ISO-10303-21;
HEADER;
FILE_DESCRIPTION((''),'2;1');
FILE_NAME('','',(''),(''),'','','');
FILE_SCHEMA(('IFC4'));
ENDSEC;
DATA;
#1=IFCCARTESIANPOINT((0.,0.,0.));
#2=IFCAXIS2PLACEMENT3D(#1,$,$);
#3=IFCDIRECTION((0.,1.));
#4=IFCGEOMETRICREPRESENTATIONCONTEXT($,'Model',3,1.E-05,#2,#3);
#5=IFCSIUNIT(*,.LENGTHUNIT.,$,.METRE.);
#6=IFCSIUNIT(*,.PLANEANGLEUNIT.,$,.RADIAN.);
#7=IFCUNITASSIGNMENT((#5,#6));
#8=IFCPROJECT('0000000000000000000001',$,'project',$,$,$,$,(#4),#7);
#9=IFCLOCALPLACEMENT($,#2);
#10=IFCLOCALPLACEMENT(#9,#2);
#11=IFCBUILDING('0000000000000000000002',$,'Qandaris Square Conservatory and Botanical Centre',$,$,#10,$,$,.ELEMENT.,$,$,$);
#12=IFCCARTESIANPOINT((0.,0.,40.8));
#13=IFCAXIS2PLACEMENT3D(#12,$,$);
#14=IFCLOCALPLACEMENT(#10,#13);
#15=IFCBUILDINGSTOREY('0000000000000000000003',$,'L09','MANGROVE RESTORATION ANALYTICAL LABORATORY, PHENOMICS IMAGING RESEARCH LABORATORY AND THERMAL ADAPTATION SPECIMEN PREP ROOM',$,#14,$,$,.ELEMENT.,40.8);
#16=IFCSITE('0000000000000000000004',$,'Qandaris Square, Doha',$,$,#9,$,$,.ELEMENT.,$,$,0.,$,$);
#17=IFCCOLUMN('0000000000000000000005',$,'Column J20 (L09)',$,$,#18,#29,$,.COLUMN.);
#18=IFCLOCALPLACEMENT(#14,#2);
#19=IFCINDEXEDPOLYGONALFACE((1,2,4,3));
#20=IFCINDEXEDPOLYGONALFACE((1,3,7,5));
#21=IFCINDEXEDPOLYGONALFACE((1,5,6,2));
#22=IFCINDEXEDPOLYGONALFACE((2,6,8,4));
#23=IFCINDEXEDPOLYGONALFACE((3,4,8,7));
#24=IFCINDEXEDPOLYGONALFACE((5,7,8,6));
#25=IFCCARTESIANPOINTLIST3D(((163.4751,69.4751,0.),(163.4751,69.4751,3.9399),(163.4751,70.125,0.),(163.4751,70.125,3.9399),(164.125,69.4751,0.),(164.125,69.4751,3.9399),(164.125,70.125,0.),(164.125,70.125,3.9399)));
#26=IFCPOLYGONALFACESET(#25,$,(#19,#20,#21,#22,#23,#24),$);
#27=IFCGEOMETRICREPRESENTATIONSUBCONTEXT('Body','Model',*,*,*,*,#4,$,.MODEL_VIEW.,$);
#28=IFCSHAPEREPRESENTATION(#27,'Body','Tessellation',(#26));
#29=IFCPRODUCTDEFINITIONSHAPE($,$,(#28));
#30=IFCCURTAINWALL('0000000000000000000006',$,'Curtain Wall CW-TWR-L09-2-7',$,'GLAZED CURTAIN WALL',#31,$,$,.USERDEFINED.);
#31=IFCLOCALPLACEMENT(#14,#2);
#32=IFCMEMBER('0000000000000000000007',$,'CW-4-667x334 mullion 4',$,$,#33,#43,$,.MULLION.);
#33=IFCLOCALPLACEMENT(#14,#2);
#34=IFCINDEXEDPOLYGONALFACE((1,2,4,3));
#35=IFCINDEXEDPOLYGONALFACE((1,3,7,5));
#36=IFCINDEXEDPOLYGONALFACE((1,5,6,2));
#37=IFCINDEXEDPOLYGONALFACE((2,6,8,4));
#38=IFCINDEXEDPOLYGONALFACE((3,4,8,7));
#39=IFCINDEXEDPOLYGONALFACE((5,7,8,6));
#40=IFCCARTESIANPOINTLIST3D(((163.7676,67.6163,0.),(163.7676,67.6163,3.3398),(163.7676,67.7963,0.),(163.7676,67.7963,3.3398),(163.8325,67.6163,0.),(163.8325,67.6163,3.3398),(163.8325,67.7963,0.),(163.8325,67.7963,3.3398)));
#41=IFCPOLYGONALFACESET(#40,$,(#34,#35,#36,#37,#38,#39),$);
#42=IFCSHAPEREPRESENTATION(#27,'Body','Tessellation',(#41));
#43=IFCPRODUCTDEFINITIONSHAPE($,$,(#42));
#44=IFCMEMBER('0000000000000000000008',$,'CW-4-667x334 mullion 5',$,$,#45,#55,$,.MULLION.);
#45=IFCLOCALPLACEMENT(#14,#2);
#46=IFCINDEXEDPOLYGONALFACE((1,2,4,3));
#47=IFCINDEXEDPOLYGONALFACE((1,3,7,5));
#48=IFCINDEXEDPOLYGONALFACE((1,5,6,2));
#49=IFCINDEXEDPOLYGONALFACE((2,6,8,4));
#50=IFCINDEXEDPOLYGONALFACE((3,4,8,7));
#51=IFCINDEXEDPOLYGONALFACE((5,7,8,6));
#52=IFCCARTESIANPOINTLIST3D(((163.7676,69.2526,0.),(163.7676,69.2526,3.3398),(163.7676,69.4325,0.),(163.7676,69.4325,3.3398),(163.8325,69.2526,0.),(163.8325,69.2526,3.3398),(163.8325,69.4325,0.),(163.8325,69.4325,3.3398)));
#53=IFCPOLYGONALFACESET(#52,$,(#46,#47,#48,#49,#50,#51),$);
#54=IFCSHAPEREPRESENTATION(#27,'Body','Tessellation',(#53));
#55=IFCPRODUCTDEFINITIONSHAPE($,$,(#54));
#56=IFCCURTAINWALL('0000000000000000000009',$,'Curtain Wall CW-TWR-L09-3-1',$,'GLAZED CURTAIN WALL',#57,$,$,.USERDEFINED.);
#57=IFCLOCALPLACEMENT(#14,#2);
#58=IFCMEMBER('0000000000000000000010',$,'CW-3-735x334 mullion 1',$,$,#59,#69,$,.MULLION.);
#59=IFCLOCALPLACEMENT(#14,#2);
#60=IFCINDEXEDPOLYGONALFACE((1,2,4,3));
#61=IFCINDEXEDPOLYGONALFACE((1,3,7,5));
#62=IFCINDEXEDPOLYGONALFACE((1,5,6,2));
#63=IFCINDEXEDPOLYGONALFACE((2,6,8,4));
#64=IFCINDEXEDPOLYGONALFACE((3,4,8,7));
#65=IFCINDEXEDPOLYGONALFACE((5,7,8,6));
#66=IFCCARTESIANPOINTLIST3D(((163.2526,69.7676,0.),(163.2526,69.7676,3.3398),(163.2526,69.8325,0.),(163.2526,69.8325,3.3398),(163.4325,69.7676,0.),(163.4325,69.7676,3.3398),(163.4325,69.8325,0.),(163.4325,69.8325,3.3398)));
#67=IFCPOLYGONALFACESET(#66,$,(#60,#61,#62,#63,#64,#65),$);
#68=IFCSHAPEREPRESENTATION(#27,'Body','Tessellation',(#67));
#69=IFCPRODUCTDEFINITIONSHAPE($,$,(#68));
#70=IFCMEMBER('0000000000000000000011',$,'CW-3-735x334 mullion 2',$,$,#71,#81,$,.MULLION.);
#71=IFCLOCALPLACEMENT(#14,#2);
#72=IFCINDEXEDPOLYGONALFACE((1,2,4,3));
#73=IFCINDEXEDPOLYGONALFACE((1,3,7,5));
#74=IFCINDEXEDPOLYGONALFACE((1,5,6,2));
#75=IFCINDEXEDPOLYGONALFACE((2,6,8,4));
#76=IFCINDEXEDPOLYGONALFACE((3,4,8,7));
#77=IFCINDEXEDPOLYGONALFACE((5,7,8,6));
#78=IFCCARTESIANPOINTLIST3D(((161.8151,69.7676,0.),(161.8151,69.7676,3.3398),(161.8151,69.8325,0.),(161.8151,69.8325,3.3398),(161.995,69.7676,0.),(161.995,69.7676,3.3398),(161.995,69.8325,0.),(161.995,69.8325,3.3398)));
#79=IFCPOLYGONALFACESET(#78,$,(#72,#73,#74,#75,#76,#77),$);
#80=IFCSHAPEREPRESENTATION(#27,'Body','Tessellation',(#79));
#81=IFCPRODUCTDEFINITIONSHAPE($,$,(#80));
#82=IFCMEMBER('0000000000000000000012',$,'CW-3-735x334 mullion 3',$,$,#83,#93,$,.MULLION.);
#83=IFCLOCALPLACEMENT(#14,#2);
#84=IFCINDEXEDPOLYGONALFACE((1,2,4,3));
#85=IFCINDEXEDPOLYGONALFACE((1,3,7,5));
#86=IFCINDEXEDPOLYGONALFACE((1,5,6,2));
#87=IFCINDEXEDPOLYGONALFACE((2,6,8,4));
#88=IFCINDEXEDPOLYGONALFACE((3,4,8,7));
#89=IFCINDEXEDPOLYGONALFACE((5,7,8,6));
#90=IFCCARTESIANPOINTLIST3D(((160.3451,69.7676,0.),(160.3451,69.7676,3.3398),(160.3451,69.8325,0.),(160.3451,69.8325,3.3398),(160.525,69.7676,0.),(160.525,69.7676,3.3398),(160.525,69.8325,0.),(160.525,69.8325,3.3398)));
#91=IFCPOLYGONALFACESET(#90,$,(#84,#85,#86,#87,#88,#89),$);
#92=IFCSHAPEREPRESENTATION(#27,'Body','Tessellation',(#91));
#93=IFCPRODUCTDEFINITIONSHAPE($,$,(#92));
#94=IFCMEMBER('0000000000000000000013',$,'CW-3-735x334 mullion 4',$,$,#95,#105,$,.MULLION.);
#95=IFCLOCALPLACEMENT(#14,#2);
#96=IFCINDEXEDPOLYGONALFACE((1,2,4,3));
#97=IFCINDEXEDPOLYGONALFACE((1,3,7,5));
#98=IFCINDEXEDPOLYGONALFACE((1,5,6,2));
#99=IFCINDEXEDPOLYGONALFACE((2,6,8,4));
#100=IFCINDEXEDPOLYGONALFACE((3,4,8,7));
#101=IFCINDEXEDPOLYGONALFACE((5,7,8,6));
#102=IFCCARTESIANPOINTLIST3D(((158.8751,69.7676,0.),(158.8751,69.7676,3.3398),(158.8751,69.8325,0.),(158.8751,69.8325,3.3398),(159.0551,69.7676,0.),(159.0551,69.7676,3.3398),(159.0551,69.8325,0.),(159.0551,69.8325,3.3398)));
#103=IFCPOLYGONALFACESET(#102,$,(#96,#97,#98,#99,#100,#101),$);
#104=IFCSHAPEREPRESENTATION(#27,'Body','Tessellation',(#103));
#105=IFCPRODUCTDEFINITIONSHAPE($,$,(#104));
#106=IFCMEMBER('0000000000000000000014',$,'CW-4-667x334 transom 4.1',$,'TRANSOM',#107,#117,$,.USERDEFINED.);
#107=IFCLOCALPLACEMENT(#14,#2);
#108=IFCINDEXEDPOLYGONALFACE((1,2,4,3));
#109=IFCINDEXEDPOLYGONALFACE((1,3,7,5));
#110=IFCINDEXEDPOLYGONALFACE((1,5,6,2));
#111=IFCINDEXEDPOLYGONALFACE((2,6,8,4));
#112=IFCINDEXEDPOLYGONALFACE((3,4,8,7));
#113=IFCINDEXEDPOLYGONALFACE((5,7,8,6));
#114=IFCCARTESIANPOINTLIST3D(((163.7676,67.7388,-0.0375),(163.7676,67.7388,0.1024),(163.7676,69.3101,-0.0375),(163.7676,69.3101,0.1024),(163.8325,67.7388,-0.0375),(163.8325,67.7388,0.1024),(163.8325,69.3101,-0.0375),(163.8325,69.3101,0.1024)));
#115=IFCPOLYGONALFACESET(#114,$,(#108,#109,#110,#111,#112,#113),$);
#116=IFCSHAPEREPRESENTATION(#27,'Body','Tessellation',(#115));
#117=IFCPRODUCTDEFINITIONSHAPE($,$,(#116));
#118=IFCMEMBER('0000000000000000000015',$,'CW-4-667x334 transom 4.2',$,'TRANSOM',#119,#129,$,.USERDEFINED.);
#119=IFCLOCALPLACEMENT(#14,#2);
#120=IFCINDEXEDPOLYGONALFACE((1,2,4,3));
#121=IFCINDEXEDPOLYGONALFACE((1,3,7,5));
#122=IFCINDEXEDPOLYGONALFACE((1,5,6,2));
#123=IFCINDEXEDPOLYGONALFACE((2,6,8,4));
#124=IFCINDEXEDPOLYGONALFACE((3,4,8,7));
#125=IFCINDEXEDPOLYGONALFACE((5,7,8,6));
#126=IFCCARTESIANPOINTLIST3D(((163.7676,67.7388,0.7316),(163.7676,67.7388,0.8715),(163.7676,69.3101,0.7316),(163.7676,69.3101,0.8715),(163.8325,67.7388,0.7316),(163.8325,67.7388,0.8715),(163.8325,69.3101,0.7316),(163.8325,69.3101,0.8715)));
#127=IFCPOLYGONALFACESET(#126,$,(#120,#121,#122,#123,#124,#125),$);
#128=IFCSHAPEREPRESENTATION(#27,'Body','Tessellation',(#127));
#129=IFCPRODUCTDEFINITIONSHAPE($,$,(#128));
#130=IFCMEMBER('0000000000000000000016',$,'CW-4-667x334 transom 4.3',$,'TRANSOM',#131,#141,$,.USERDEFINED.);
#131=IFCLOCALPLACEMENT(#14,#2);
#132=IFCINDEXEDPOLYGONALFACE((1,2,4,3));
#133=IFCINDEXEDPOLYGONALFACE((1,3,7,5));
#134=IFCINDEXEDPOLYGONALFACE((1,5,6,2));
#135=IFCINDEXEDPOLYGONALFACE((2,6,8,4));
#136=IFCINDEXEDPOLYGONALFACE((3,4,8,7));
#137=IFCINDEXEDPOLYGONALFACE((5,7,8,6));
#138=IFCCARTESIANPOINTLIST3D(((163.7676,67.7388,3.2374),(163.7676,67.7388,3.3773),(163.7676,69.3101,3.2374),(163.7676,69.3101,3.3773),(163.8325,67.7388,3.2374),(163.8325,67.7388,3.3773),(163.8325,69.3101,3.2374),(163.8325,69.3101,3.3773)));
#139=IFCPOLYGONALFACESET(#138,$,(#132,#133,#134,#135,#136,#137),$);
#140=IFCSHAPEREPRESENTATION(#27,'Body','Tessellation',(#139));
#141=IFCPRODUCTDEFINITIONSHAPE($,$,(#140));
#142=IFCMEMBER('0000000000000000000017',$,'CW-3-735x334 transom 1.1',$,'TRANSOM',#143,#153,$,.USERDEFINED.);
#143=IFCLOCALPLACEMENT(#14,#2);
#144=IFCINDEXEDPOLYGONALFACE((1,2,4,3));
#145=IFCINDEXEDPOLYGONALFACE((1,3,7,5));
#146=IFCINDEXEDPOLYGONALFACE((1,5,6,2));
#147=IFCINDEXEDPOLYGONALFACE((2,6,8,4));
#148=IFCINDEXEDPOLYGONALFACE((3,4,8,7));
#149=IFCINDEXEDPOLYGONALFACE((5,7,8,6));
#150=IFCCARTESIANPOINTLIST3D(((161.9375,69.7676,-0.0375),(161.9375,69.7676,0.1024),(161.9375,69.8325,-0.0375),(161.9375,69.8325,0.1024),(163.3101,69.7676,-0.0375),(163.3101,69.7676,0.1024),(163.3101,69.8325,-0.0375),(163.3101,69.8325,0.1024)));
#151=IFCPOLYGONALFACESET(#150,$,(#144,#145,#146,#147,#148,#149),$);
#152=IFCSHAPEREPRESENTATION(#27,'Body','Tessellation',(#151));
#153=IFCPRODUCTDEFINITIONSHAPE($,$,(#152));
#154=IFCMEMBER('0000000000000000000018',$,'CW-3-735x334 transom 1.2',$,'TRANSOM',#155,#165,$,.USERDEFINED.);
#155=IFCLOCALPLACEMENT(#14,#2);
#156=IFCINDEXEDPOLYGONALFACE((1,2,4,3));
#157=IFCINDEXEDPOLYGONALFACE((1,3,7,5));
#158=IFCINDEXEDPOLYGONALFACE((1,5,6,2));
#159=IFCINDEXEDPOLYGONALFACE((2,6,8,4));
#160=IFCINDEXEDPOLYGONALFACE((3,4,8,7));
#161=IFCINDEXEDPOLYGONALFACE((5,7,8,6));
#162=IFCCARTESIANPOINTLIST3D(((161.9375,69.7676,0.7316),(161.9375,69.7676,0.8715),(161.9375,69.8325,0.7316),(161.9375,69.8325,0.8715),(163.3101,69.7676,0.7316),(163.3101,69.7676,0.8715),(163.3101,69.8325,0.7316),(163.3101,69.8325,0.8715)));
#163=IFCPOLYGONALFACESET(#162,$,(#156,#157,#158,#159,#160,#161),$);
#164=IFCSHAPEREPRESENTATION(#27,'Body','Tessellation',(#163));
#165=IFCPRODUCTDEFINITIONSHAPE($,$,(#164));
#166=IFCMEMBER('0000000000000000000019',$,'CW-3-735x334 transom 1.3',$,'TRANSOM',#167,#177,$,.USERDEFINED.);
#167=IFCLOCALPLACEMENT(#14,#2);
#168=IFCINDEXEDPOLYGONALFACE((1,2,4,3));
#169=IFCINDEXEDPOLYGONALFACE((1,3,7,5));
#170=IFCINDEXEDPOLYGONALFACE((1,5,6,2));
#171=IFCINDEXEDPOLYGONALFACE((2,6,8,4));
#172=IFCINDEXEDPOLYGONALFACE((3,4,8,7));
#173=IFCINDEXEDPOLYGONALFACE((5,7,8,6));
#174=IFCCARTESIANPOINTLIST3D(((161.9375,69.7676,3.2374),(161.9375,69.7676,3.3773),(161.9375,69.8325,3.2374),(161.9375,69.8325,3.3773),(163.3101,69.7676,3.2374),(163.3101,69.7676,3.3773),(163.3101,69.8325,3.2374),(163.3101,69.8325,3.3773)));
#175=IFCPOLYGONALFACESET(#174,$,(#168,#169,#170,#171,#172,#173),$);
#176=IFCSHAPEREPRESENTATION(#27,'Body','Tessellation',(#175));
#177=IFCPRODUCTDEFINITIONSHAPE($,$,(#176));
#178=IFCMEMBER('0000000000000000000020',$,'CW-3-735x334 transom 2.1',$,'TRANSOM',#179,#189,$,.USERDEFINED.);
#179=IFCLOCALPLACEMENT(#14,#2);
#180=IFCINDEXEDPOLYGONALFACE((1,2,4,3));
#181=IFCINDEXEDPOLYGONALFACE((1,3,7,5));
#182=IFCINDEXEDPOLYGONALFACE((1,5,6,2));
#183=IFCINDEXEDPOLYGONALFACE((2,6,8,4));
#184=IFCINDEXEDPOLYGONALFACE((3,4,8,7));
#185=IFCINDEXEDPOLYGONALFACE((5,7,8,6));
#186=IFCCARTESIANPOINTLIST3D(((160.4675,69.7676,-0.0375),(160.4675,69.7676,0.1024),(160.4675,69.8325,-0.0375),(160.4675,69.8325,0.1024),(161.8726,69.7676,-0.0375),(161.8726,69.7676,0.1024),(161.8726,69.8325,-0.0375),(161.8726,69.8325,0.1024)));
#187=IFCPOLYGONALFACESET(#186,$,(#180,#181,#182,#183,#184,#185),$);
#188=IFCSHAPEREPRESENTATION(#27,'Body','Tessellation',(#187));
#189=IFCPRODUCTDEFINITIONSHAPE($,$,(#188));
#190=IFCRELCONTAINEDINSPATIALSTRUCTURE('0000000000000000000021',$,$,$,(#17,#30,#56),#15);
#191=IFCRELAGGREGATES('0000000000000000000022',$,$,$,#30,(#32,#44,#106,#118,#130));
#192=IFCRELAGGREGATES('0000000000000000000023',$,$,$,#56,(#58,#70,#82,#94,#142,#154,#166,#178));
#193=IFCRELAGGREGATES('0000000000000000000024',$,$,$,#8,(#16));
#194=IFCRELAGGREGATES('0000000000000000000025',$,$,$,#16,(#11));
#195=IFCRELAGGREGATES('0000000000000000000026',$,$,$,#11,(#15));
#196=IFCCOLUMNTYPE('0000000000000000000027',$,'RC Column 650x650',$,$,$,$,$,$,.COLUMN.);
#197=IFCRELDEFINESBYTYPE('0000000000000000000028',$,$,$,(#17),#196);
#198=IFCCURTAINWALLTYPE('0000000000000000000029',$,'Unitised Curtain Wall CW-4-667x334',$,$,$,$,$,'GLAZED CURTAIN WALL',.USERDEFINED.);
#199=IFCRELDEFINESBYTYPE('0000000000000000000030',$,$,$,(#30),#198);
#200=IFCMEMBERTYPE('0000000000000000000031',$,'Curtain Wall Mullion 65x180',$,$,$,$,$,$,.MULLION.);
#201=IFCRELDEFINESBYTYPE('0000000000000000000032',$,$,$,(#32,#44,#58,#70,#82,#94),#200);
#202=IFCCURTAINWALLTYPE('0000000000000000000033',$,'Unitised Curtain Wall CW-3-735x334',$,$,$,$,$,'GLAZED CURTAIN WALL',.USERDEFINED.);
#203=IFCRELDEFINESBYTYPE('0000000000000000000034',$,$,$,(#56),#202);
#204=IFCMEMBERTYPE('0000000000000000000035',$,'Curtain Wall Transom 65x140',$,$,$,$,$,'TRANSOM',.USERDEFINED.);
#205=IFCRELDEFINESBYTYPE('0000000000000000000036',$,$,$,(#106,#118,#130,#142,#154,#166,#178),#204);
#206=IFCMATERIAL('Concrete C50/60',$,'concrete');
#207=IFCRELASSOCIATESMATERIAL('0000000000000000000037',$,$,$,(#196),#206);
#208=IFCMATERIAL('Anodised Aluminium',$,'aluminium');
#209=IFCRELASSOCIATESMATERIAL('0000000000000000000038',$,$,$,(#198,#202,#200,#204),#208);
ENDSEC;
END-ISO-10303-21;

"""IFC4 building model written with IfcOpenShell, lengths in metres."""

from ifc_helpers import new_model, si_unit, direction, frame, origin, origin_2d, place, context, subcontext, project, spatial, rectangle, extrude, material, material_profile, profile_set, type_object, element, aggregate, save


model = new_model("IFC4")

# Units and contexts
model_context = context("Model", 3, precision=1e-05, world=origin(), true_north=direction((0.0, 1.0)))
body_context = subcontext(model_context, "Body", "Model", "MODEL_VIEW")
ifc_project = project(units=[si_unit("LENGTHUNIT", "METRE"), si_unit("PLANEANGLEUNIT", "RADIAN")], contexts=[model_context])

# Site, building, storey
site_placement = place(None, origin())
site = spatial("IfcSite", under=ifc_project, at=site_placement, Name="Qandaris Square, Doha", CompositionType="ELEMENT", RefElevation=0.0)
building_placement = place(site_placement, origin())
building = spatial("IfcBuilding", under=site, at=building_placement, Name="Qandaris Square Conservatory and Botanical Centre", CompositionType="ELEMENT")
storey_placement = place(building_placement, frame((0.0, 0.0, 40.8)))
storey = spatial("IfcBuildingStorey", under=building, at=storey_placement, Name="L09", Description="MANGROVE RESTORATION ANALYTICAL LABORATORY, PHENOMICS IMAGING RESEARCH LABORATORY AND THERMAL ADAPTATION SPECIMEN PREP ROOM", CompositionType="ELEMENT", Elevation=40.8)

# Column
ifc_material_1 = material(Name="Concrete C50/60", Category="concrete")
ifc_material_profile_1 = material_profile(ifc_material_1, rectangle(XDim=0.6499, YDim=0.6499, at=origin_2d()), Name="RC-COL 650x650")
ifc_profile_set_1 = profile_set([ifc_material_profile_1], Name="Concrete C50/60")
column_type = type_object("IfcColumnType", Name="RC Column 650x650", PredefinedType="COLUMN", material=ifc_profile_set_1)
column_placement = place(storey_placement, frame((163.8, 69.8, 0.0), z_axis=(0.0, 0.0, 1.0), x_axis=(1.0, 0.0, 0.0)))
element("IfcColumn", 1, at=column_placement, inside=storey, type_object=column_type, Name="Column J20 (L09)", PredefinedType="COLUMN", context=body_context, shape_type="SweptSolid", body=[
    extrude(rectangle(XDim=0.6499, YDim=0.6499, at=origin_2d()), origin(), (0.0, 0.0, 1.0), 3.9399),
])

# Curtain walls, members
ifc_material_2 = material(Name="Anodised Aluminium", Category="aluminium")
curtain_wall_type_1 = type_object("IfcCurtainWallType", Name="Unitised Curtain Wall CW-4-667x334", ElementType="GLAZED CURTAIN WALL", PredefinedType="USERDEFINED", material=ifc_material_2)
curtain_wall_1_placement = place(storey_placement, origin())
curtain_wall_1 = element("IfcCurtainWall", 2, at=curtain_wall_1_placement, inside=storey, type_object=curtain_wall_type_1, Name="Curtain Wall CW-TWR-L09-2-7", ObjectType="GLAZED CURTAIN WALL", PredefinedType="USERDEFINED")
ifc_material_profile_2 = material_profile(ifc_material_2, rectangle(XDim=0.0649, YDim=0.1799, at=origin_2d()), Name="ALU-MUL 65x180")
ifc_profile_set_2 = profile_set([ifc_material_profile_2], Name="Anodised Aluminium")
member_type_1 = type_object("IfcMemberType", Name="Curtain Wall Mullion 65x180", PredefinedType="MULLION", material=ifc_profile_set_2)
member_1_placement = place(storey_placement, frame((163.8, 67.7063, 0.0), z_axis=(0.0, 0.0, 1.0), x_axis=(-1.0, 0.0, 0.0)))
member_1 = element("IfcMember", 3, at=member_1_placement, type_object=member_type_1, Name="CW-4-667x334 mullion 4", PredefinedType="MULLION", context=body_context, shape_type="SweptSolid", body=[
    extrude(rectangle(XDim=0.0649, YDim=0.1799, at=origin_2d()), origin(), (0.0, 0.0, 1.0), 3.3398),
])
member_2_placement = place(storey_placement, frame((163.8, 69.3425, 0.0), z_axis=(0.0, 0.0, 1.0), x_axis=(-1.0, 0.0, 0.0)))
member_2 = element("IfcMember", 4, at=member_2_placement, type_object=member_type_1, Name="CW-4-667x334 mullion 5", PredefinedType="MULLION", context=body_context, shape_type="SweptSolid", body=[
    extrude(rectangle(XDim=0.0649, YDim=0.1799, at=origin_2d()), origin(), (0.0, 0.0, 1.0), 3.3398),
])
curtain_wall_type_2 = type_object("IfcCurtainWallType", Name="Unitised Curtain Wall CW-3-735x334", ElementType="GLAZED CURTAIN WALL", PredefinedType="USERDEFINED", material=ifc_material_2)
curtain_wall_2_placement = place(storey_placement, origin())
curtain_wall_2 = element("IfcCurtainWall", 5, at=curtain_wall_2_placement, inside=storey, type_object=curtain_wall_type_2, Name="Curtain Wall CW-TWR-L09-3-1", ObjectType="GLAZED CURTAIN WALL", PredefinedType="USERDEFINED")
member_3_placement = place(storey_placement, frame((163.3425, 69.8, 0.0), z_axis=(0.0, 0.0, 1.0), x_axis=(0.0, -1.0, 0.0)))
member_3 = element("IfcMember", 6, at=member_3_placement, type_object=member_type_1, Name="CW-3-735x334 mullion 1", PredefinedType="MULLION", context=body_context, shape_type="SweptSolid", body=[
    extrude(rectangle(XDim=0.0649, YDim=0.1799, at=origin_2d()), origin(), (0.0, 0.0, 1.0), 3.3398),
])
member_4_placement = place(storey_placement, frame((161.905, 69.8, 0.0), z_axis=(0.0, 0.0, 1.0), x_axis=(0.0, -1.0, 0.0)))
member_4 = element("IfcMember", 7, at=member_4_placement, type_object=member_type_1, Name="CW-3-735x334 mullion 2", PredefinedType="MULLION", context=body_context, shape_type="SweptSolid", body=[
    extrude(rectangle(XDim=0.0649, YDim=0.1799, at=origin_2d()), origin(), (0.0, 0.0, 1.0), 3.3398),
])
member_5_placement = place(storey_placement, frame((160.4351, 69.8, 0.0), z_axis=(0.0, 0.0, 1.0), x_axis=(0.0, -1.0, 0.0)))
member_5 = element("IfcMember", 8, at=member_5_placement, type_object=member_type_1, Name="CW-3-735x334 mullion 3", PredefinedType="MULLION", context=body_context, shape_type="SweptSolid", body=[
    extrude(rectangle(XDim=0.0649, YDim=0.1799, at=origin_2d()), origin(), (0.0, 0.0, 1.0), 3.3398),
])
member_6_placement = place(storey_placement, frame((158.9651, 69.8, 0.0), z_axis=(0.0, 0.0, 1.0), x_axis=(0.0, -1.0, 0.0)))
member_6 = element("IfcMember", 9, at=member_6_placement, type_object=member_type_1, Name="CW-3-735x334 mullion 4", PredefinedType="MULLION", context=body_context, shape_type="SweptSolid", body=[
    extrude(rectangle(XDim=0.0649, YDim=0.1799, at=origin_2d()), origin(), (0.0, 0.0, 1.0), 3.3398),
])

# Members
ifc_material_profile_3 = material_profile(ifc_material_2, rectangle(XDim=0.0649, YDim=0.1399, at=origin_2d()), Name="ALU-TRN 65x140")
ifc_profile_set_3 = profile_set([ifc_material_profile_3], Name="Anodised Aluminium")
member_type_2 = type_object("IfcMemberType", Name="Curtain Wall Transom 65x140", ElementType="TRANSOM", PredefinedType="USERDEFINED", material=ifc_profile_set_3)
member_7_placement = place(storey_placement, frame((163.8, 67.7388, 0.0325), z_axis=(0.0, 1.0, 0.0), x_axis=(-1.0, 0.0, 0.0)))
member_7 = element("IfcMember", 10, at=member_7_placement, type_object=member_type_2, Name="CW-4-667x334 transom 4.1", ObjectType="TRANSOM", PredefinedType="USERDEFINED", context=body_context, shape_type="SweptSolid", body=[
    extrude(rectangle(XDim=0.0649, YDim=0.1399, at=origin_2d()), origin(), (0.0, 0.0, 1.0), 1.5713),
])
member_8_placement = place(storey_placement, frame((163.8, 67.7388, 0.8015), z_axis=(0.0, 1.0, 0.0), x_axis=(-1.0, 0.0, 0.0)))
member_8 = element("IfcMember", 11, at=member_8_placement, type_object=member_type_2, Name="CW-4-667x334 transom 4.2", ObjectType="TRANSOM", PredefinedType="USERDEFINED", context=body_context, shape_type="SweptSolid", body=[
    extrude(rectangle(XDim=0.0649, YDim=0.1399, at=origin_2d()), origin(), (0.0, 0.0, 1.0), 1.5713),
])
member_9_placement = place(storey_placement, frame((163.8, 67.7388, 3.3074), z_axis=(0.0, 1.0, 0.0), x_axis=(-1.0, 0.0, 0.0)))
member_9 = element("IfcMember", 12, at=member_9_placement, type_object=member_type_2, Name="CW-4-667x334 transom 4.3", ObjectType="TRANSOM", PredefinedType="USERDEFINED", context=body_context, shape_type="SweptSolid", body=[
    extrude(rectangle(XDim=0.0649, YDim=0.1399, at=origin_2d()), origin(), (0.0, 0.0, 1.0), 1.5713),
])
member_10_placement = place(storey_placement, frame((163.3101, 69.8, 0.0325), z_axis=(-1.0, 0.0, 0.0), x_axis=(0.0, -1.0, 0.0)))
member_10 = element("IfcMember", 13, at=member_10_placement, type_object=member_type_2, Name="CW-3-735x334 transom 1.1", ObjectType="TRANSOM", PredefinedType="USERDEFINED", context=body_context, shape_type="SweptSolid", body=[
    extrude(rectangle(XDim=0.0649, YDim=0.1399, at=origin_2d()), origin(), (0.0, 0.0, 1.0), 1.3726),
])
member_11_placement = place(storey_placement, frame((163.3101, 69.8, 0.8015), z_axis=(-1.0, 0.0, 0.0), x_axis=(0.0, -1.0, 0.0)))
member_11 = element("IfcMember", 14, at=member_11_placement, type_object=member_type_2, Name="CW-3-735x334 transom 1.2", ObjectType="TRANSOM", PredefinedType="USERDEFINED", context=body_context, shape_type="SweptSolid", body=[
    extrude(rectangle(XDim=0.0649, YDim=0.1399, at=origin_2d()), origin(), (0.0, 0.0, 1.0), 1.3726),
])
member_12_placement = place(storey_placement, frame((163.3101, 69.8, 3.3074), z_axis=(-1.0, 0.0, 0.0), x_axis=(0.0, -1.0, 0.0)))
member_12 = element("IfcMember", 15, at=member_12_placement, type_object=member_type_2, Name="CW-3-735x334 transom 1.3", ObjectType="TRANSOM", PredefinedType="USERDEFINED", context=body_context, shape_type="SweptSolid", body=[
    extrude(rectangle(XDim=0.0649, YDim=0.1399, at=origin_2d()), origin(), (0.0, 0.0, 1.0), 1.3726),
])
member_13_placement = place(storey_placement, frame((161.8726, 69.8, 0.0325), z_axis=(-1.0, 0.0, 0.0), x_axis=(0.0, -1.0, 0.0)))
member_13 = element("IfcMember", 16, at=member_13_placement, type_object=member_type_2, Name="CW-3-735x334 transom 2.1", ObjectType="TRANSOM", PredefinedType="USERDEFINED", context=body_context, shape_type="SweptSolid", body=[
    extrude(rectangle(XDim=0.0649, YDim=0.1399, at=origin_2d()), origin(), (0.0, 0.0, 1.0), 1.405),
])

aggregate(curtain_wall_1, [member_1, member_2, member_7, member_8, member_9])
aggregate(curtain_wall_2, [member_3, member_4, member_5, member_6, member_10, member_11, member_12, member_13])

save(model, "model.ifc")
